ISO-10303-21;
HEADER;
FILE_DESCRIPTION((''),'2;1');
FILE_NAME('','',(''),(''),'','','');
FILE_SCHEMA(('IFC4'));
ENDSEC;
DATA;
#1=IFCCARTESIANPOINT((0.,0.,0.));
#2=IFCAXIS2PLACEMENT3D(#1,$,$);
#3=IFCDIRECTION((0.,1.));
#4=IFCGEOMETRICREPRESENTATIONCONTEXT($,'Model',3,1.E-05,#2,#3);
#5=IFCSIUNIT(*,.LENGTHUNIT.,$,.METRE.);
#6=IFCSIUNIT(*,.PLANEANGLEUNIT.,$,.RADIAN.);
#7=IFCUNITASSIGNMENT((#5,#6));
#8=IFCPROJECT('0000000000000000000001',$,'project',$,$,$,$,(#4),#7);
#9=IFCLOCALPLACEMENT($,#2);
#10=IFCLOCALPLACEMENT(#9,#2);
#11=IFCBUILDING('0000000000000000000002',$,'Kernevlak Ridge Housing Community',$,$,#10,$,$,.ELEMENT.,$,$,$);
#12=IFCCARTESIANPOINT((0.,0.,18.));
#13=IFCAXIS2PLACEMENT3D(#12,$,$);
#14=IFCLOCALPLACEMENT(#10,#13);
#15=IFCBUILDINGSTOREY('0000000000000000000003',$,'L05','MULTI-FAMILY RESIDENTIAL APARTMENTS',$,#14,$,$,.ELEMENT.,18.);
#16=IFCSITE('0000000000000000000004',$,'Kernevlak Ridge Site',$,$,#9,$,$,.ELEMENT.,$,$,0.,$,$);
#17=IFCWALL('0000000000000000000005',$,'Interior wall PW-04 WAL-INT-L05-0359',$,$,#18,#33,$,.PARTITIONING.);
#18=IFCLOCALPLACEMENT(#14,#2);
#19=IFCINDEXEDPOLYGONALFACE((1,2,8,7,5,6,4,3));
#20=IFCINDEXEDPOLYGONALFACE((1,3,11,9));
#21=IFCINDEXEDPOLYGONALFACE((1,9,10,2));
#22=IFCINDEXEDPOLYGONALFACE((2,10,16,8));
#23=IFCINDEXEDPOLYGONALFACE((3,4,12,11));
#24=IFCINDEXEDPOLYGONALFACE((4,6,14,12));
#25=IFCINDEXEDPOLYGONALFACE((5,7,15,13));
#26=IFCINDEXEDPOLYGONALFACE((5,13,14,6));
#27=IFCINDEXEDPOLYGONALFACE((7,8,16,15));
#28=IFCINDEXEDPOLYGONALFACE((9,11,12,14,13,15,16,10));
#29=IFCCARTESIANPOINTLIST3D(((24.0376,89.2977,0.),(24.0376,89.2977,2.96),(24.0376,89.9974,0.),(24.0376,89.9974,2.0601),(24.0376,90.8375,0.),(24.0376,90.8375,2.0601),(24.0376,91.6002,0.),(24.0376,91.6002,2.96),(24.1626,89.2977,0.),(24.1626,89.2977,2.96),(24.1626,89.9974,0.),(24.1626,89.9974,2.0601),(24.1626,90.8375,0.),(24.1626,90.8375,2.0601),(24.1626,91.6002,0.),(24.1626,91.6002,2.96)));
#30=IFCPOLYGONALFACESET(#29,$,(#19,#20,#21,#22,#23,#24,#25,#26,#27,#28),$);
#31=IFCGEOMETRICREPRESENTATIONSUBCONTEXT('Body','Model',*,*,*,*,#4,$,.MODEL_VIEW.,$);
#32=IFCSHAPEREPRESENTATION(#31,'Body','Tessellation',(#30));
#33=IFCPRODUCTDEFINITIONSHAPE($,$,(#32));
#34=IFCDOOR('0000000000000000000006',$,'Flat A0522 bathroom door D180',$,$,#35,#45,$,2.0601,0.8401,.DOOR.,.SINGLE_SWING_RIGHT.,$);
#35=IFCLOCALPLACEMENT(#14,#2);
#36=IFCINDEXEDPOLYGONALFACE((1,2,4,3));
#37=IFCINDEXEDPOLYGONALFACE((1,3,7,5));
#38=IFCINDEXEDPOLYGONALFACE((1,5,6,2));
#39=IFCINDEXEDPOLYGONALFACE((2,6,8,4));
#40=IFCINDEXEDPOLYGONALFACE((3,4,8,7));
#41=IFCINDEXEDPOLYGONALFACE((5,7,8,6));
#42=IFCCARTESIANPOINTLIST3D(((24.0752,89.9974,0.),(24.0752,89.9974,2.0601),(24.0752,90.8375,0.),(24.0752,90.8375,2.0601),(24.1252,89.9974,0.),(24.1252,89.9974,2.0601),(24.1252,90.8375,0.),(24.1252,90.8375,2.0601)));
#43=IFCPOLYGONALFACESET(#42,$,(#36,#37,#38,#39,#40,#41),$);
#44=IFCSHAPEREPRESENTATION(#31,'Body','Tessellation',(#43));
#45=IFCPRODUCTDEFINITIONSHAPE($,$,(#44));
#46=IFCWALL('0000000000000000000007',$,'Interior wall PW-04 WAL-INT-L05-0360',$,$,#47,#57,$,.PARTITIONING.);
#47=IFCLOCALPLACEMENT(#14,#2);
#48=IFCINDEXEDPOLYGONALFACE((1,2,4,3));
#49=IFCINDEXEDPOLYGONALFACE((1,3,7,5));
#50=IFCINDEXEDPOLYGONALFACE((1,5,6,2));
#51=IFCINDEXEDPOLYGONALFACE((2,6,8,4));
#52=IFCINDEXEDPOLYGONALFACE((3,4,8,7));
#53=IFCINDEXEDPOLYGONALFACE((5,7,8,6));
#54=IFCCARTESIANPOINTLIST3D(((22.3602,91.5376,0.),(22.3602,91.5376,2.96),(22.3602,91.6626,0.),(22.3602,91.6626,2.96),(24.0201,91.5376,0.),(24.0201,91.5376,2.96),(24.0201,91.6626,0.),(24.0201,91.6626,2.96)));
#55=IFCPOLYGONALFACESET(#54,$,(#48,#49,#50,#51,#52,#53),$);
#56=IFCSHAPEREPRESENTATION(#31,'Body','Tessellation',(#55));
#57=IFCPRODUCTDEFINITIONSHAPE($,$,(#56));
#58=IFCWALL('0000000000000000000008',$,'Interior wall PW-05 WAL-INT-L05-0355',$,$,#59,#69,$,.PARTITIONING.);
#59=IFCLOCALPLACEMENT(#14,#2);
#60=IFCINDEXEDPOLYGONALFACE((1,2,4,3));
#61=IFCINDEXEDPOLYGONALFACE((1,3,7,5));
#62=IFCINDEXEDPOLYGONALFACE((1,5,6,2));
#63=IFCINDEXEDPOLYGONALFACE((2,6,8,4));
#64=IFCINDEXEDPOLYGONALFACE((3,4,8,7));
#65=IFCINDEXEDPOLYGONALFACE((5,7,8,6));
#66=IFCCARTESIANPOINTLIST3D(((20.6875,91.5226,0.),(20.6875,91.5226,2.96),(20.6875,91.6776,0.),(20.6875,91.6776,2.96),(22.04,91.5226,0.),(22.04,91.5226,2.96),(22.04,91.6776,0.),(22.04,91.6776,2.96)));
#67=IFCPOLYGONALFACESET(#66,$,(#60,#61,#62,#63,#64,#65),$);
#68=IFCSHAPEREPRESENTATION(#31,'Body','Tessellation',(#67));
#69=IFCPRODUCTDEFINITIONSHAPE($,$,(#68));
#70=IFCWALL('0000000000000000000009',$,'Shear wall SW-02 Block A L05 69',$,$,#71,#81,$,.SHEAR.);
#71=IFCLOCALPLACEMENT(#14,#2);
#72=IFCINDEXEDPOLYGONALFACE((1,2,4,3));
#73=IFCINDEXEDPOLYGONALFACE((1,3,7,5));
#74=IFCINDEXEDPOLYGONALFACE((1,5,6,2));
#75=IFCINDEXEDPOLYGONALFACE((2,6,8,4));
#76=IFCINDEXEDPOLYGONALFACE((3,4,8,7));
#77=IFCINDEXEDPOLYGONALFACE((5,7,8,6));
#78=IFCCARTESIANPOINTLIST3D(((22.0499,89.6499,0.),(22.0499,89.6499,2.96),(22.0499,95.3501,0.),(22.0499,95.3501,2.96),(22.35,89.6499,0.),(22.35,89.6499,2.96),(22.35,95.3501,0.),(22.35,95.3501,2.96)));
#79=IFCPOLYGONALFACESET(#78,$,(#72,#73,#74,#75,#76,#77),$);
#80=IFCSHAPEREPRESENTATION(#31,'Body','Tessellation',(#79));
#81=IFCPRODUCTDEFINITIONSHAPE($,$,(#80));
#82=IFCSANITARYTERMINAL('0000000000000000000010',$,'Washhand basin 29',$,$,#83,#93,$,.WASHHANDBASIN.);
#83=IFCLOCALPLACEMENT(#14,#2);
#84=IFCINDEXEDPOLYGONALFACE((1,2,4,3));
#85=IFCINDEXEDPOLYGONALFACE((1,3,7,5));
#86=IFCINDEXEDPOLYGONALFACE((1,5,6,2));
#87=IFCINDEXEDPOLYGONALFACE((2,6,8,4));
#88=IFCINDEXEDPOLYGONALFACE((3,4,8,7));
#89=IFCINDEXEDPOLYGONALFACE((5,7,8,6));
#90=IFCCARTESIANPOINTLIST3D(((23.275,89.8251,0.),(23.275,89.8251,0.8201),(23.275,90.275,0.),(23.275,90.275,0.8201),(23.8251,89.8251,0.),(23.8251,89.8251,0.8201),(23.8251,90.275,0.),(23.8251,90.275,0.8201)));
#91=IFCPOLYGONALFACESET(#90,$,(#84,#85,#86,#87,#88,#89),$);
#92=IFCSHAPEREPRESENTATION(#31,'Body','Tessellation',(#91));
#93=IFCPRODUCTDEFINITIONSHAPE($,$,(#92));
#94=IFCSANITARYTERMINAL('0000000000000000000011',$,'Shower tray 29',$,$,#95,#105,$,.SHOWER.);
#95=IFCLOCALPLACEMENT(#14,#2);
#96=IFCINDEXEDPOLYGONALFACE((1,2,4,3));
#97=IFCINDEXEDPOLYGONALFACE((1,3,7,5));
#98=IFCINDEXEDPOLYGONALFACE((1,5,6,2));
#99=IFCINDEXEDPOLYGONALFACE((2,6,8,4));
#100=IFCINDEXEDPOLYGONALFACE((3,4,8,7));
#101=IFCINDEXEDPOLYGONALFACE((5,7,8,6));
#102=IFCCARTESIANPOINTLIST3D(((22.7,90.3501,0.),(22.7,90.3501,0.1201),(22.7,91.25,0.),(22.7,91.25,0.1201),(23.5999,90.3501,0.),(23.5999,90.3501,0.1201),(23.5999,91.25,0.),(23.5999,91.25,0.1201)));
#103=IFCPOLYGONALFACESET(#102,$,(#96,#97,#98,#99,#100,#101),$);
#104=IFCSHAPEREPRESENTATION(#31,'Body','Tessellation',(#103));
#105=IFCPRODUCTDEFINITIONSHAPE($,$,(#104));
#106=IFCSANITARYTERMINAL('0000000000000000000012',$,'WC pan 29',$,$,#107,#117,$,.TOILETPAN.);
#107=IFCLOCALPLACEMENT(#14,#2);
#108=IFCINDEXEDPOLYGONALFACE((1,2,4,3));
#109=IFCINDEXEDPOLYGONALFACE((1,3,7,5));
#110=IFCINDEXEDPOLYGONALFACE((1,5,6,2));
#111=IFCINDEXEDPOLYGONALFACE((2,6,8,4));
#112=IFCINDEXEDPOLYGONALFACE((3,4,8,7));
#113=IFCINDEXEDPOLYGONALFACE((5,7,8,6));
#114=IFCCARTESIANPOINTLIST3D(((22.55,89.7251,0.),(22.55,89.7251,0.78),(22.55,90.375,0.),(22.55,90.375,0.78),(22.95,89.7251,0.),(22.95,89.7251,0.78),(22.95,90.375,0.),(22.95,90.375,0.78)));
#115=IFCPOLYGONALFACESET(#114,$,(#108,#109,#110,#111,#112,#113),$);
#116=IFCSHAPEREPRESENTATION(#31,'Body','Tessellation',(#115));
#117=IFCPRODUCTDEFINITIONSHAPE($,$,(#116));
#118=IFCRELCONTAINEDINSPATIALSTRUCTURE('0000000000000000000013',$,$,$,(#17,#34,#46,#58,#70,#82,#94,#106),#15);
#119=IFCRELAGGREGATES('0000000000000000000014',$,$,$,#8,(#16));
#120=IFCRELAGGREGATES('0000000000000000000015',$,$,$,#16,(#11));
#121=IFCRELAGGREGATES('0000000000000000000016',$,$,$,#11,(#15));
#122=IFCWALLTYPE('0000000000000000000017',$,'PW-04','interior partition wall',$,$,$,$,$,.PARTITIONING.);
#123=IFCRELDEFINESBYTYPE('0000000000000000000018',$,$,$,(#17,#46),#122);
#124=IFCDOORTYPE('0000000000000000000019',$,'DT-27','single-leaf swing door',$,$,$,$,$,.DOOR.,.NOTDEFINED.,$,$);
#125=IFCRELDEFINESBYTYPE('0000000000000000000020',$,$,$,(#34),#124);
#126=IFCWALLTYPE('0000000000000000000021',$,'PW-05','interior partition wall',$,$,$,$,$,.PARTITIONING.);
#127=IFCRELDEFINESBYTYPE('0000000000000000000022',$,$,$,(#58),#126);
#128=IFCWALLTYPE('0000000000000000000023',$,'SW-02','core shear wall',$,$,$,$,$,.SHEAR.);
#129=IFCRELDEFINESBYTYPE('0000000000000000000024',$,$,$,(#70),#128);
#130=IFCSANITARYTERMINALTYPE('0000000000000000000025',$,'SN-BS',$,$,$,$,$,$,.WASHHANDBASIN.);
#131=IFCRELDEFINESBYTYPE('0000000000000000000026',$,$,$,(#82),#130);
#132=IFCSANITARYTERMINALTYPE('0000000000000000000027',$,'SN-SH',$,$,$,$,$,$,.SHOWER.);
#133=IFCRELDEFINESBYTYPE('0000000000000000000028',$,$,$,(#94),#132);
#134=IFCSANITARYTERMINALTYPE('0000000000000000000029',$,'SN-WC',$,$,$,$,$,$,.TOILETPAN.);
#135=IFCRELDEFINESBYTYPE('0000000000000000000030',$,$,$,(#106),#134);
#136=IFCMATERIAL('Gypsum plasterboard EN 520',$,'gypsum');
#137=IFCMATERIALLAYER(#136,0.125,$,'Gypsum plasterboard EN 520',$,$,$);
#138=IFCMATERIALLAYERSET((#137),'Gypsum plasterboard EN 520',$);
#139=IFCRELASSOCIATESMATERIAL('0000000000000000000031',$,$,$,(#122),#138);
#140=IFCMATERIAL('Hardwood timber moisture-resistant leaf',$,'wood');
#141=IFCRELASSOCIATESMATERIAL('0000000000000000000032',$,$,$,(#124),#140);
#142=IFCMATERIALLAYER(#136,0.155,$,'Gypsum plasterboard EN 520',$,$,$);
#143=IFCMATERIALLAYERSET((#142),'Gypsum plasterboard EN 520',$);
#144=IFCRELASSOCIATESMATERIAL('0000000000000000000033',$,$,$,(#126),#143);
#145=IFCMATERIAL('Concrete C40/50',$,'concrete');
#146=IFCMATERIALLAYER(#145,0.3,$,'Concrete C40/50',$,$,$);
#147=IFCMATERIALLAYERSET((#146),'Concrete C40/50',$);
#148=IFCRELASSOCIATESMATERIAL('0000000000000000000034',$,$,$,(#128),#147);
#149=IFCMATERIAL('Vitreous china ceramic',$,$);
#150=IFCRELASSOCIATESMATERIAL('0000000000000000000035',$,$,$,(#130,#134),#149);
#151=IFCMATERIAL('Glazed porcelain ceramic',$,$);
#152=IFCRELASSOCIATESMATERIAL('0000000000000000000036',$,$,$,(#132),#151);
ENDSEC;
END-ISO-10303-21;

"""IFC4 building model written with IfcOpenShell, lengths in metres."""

from ifc_helpers import new_model, si_unit, direction, frame, frame_2d, origin, origin_2d, place, context, subcontext, project, spatial, rectangle, extrude, material, layer, layer_set, type_object, element, fill, save


model = new_model("IFC4")

# Units and contexts
model_context = context("Model", 3, precision=1e-05, world=origin(), true_north=direction((0.0, 1.0)))
body_context = subcontext(model_context, "Body", "Model", "MODEL_VIEW")
ifc_project = project(units=[si_unit("LENGTHUNIT", "METRE"), si_unit("PLANEANGLEUNIT", "RADIAN")], contexts=[model_context])

# Site, building, storey
site_placement = place(None, origin())
site = spatial("IfcSite", under=ifc_project, at=site_placement, Name="Kernevlak Ridge Site", CompositionType="ELEMENT", RefElevation=0.0)
building_placement = place(site_placement, origin())
building = spatial("IfcBuilding", under=site, at=building_placement, Name="Kernevlak Ridge Housing Community", CompositionType="ELEMENT")
storey_placement = place(building_placement, frame((0.0, 0.0, 18.0)))
storey = spatial("IfcBuildingStorey", under=building, at=storey_placement, Name="L05", Description="MULTI-FAMILY RESIDENTIAL APARTMENTS", CompositionType="ELEMENT", Elevation=18.0)

# Shared definitions
ifc_material_1 = material(Name="Concrete C40/50", Category="concrete")

# Wall, opening, door
ifc_material_2 = material(Name="Gypsum plasterboard EN 520", Category="gypsum")
ifc_layer_1 = layer(ifc_material_2, 0.125, Name="Gypsum plasterboard EN 520")
ifc_layer_set_1 = layer_set([ifc_layer_1], Name="Gypsum plasterboard EN 520")
wall_type_1 = type_object("IfcWallType", Name="PW-04", Description="interior partition wall", PredefinedType="PARTITIONING", material=ifc_layer_set_1)
wall_1_placement = place(storey_placement, frame((24.1001, 89.2976, 0.0), z_axis=(0.0, 0.0, 1.0), x_axis=(0.0, 1.0, 0.0)))
wall_1 = element("IfcWall", 1, at=wall_1_placement, inside=storey, type_object=wall_type_1, Name="Interior wall PW-04 WAL-INT-L05-0359", PredefinedType="PARTITIONING", context=body_context, shape_type="SweptSolid", body=[
    extrude(rectangle(XDim=2.3025, YDim=0.125, at=frame_2d((1.1514, 0.0))), origin(), (0.0, 0.0, 1.0), 2.96),
])
opening_1_placement = place(wall_1_placement, frame((0.7, 0.0, 0.0)))
opening_1 = element("IfcOpeningElement", 2, at=opening_1_placement, cuts=wall_1, PredefinedType="OPENING", context=body_context, shape_type="SweptSolid", body=[
    extrude(rectangle(XDim=0.8401, YDim=2.0601, at=frame_2d((0.4199, 1.03))), frame((0.0, 0.0725, 0.0), z_axis=(0.0, -1.0, 0.0), x_axis=(1.0, 0.0, 0.0)), (0.0, 0.0, 1.0), 0.145),
])
ifc_material_3 = material(Name="Hardwood timber moisture-resistant leaf", Category="wood")
door_type_1 = type_object("IfcDoorType", Name="DT-27", Description="single-leaf swing door", OperationType="NOTDEFINED", PredefinedType="DOOR", material=ifc_material_3)
door_1_placement = place(opening_1_placement, origin())
door_1 = element("IfcDoor", 3, at=door_1_placement, inside=storey, type_object=door_type_1, Name="Flat A0522 bathroom door D180", OperationType="SINGLE_SWING_RIGHT", OverallHeight=2.0601, OverallWidth=0.8401, PredefinedType="DOOR", context=body_context, shape_type="SweptSolid", body=[
    extrude(rectangle(XDim=0.8401, YDim=2.0601, at=frame_2d((0.4199, 1.03))), frame((0.0, 0.0249, 0.0), z_axis=(0.0, -1.0, 0.0), x_axis=(1.0, 0.0, 0.0)), (0.0, 0.0, 1.0), 0.05),
])
fill(opening_1, door_1)

# Walls
wall_2_placement = place(storey_placement, frame((22.3601, 91.6001, 0.0), z_axis=(0.0, 0.0, 1.0), x_axis=(1.0, 0.0, 0.0)))
element("IfcWall", 4, at=wall_2_placement, inside=storey, type_object=wall_type_1, Name="Interior wall PW-04 WAL-INT-L05-0360", PredefinedType="PARTITIONING", context=body_context, shape_type="SweptSolid", body=[
    extrude(rectangle(XDim=1.6599, YDim=0.125, at=frame_2d((0.8301, 0.0))), origin(), (0.0, 0.0, 1.0), 2.96),
])
ifc_layer_2 = layer(ifc_material_2, 0.155, Name="Gypsum plasterboard EN 520")
ifc_layer_set_2 = layer_set([ifc_layer_2], Name="Gypsum plasterboard EN 520")
wall_type_2 = type_object("IfcWallType", Name="PW-05", Description="interior partition wall", PredefinedType="PARTITIONING", material=ifc_layer_set_2)
wall_3_placement = place(storey_placement, frame((20.6875, 91.6001, 0.0), z_axis=(0.0, 0.0, 1.0), x_axis=(1.0, 0.0, 0.0)))
element("IfcWall", 5, at=wall_3_placement, inside=storey, type_object=wall_type_2, Name="Interior wall PW-05 WAL-INT-L05-0355", PredefinedType="PARTITIONING", context=body_context, shape_type="SweptSolid", body=[
    extrude(rectangle(XDim=1.3525, YDim=0.155, at=frame_2d((0.6763, 0.0))), origin(), (0.0, 0.0, 1.0), 2.96),
])
ifc_layer_3 = layer(ifc_material_1, 0.3, Name="Concrete C40/50")
ifc_layer_set_3 = layer_set([ifc_layer_3], Name="Concrete C40/50")
wall_type_3 = type_object("IfcWallType", Name="SW-02", Description="core shear wall", PredefinedType="SHEAR", material=ifc_layer_set_3)
wall_4_placement = place(storey_placement, frame((22.2, 89.6499, 0.0), z_axis=(0.0, 0.0, 1.0), x_axis=(0.0, 1.0, 0.0)))
element("IfcWall", 6, at=wall_4_placement, inside=storey, type_object=wall_type_3, Name="Shear wall SW-02 Block A L05 69", PredefinedType="SHEAR", context=body_context, shape_type="SweptSolid", body=[
    extrude(rectangle(XDim=5.7002, YDim=0.3, at=frame_2d((2.8501, 0.0))), origin(), (0.0, 0.0, 1.0), 2.96),
])

# Sanitary terminals
ifc_material_4 = material(Name="Vitreous china ceramic")
sanitary_terminal_type_1 = type_object("IfcSanitaryTerminalType", Name="SN-BS", PredefinedType="WASHHANDBASIN", material=ifc_material_4)
sanitary_terminal_1_placement = place(storey_placement, frame((23.55, 90.05, 0.0), z_axis=(0.0, 0.0, 1.0), x_axis=(1.0, 0.0, 0.0)))
element("IfcSanitaryTerminal", 7, at=sanitary_terminal_1_placement, inside=storey, type_object=sanitary_terminal_type_1, Name="Washhand basin 29", PredefinedType="WASHHANDBASIN", context=body_context, shape_type="SweptSolid", body=[
    extrude(rectangle(XDim=0.55, YDim=0.45, at=origin_2d()), origin(), (0.0, 0.0, 1.0), 0.8201),
])
ifc_material_5 = material(Name="Glazed porcelain ceramic")
sanitary_terminal_type_2 = type_object("IfcSanitaryTerminalType", Name="SN-SH", PredefinedType="SHOWER", material=ifc_material_5)
sanitary_terminal_2_placement = place(storey_placement, frame((23.1499, 90.8, 0.0), z_axis=(0.0, 0.0, 1.0), x_axis=(1.0, 0.0, 0.0)))
element("IfcSanitaryTerminal", 8, at=sanitary_terminal_2_placement, inside=storey, type_object=sanitary_terminal_type_2, Name="Shower tray 29", PredefinedType="SHOWER", context=body_context, shape_type="SweptSolid", body=[
    extrude(rectangle(XDim=0.8999, YDim=0.8999, at=origin_2d()), origin(), (0.0, 0.0, 1.0), 0.1201),
])
sanitary_terminal_type_3 = type_object("IfcSanitaryTerminalType", Name="SN-WC", PredefinedType="TOILETPAN", material=ifc_material_4)
sanitary_terminal_3_placement = place(storey_placement, frame((22.75, 90.05, 0.0), z_axis=(0.0, 0.0, 1.0), x_axis=(1.0, 0.0, 0.0)))
element("IfcSanitaryTerminal", 9, at=sanitary_terminal_3_placement, inside=storey, type_object=sanitary_terminal_type_3, Name="WC pan 29", PredefinedType="TOILETPAN", context=body_context, shape_type="SweptSolid", body=[
    extrude(rectangle(XDim=0.3999, YDim=0.6499, at=origin_2d()), origin(), (0.0, 0.0, 1.0), 0.78),
])

save(model, "model.ifc")
